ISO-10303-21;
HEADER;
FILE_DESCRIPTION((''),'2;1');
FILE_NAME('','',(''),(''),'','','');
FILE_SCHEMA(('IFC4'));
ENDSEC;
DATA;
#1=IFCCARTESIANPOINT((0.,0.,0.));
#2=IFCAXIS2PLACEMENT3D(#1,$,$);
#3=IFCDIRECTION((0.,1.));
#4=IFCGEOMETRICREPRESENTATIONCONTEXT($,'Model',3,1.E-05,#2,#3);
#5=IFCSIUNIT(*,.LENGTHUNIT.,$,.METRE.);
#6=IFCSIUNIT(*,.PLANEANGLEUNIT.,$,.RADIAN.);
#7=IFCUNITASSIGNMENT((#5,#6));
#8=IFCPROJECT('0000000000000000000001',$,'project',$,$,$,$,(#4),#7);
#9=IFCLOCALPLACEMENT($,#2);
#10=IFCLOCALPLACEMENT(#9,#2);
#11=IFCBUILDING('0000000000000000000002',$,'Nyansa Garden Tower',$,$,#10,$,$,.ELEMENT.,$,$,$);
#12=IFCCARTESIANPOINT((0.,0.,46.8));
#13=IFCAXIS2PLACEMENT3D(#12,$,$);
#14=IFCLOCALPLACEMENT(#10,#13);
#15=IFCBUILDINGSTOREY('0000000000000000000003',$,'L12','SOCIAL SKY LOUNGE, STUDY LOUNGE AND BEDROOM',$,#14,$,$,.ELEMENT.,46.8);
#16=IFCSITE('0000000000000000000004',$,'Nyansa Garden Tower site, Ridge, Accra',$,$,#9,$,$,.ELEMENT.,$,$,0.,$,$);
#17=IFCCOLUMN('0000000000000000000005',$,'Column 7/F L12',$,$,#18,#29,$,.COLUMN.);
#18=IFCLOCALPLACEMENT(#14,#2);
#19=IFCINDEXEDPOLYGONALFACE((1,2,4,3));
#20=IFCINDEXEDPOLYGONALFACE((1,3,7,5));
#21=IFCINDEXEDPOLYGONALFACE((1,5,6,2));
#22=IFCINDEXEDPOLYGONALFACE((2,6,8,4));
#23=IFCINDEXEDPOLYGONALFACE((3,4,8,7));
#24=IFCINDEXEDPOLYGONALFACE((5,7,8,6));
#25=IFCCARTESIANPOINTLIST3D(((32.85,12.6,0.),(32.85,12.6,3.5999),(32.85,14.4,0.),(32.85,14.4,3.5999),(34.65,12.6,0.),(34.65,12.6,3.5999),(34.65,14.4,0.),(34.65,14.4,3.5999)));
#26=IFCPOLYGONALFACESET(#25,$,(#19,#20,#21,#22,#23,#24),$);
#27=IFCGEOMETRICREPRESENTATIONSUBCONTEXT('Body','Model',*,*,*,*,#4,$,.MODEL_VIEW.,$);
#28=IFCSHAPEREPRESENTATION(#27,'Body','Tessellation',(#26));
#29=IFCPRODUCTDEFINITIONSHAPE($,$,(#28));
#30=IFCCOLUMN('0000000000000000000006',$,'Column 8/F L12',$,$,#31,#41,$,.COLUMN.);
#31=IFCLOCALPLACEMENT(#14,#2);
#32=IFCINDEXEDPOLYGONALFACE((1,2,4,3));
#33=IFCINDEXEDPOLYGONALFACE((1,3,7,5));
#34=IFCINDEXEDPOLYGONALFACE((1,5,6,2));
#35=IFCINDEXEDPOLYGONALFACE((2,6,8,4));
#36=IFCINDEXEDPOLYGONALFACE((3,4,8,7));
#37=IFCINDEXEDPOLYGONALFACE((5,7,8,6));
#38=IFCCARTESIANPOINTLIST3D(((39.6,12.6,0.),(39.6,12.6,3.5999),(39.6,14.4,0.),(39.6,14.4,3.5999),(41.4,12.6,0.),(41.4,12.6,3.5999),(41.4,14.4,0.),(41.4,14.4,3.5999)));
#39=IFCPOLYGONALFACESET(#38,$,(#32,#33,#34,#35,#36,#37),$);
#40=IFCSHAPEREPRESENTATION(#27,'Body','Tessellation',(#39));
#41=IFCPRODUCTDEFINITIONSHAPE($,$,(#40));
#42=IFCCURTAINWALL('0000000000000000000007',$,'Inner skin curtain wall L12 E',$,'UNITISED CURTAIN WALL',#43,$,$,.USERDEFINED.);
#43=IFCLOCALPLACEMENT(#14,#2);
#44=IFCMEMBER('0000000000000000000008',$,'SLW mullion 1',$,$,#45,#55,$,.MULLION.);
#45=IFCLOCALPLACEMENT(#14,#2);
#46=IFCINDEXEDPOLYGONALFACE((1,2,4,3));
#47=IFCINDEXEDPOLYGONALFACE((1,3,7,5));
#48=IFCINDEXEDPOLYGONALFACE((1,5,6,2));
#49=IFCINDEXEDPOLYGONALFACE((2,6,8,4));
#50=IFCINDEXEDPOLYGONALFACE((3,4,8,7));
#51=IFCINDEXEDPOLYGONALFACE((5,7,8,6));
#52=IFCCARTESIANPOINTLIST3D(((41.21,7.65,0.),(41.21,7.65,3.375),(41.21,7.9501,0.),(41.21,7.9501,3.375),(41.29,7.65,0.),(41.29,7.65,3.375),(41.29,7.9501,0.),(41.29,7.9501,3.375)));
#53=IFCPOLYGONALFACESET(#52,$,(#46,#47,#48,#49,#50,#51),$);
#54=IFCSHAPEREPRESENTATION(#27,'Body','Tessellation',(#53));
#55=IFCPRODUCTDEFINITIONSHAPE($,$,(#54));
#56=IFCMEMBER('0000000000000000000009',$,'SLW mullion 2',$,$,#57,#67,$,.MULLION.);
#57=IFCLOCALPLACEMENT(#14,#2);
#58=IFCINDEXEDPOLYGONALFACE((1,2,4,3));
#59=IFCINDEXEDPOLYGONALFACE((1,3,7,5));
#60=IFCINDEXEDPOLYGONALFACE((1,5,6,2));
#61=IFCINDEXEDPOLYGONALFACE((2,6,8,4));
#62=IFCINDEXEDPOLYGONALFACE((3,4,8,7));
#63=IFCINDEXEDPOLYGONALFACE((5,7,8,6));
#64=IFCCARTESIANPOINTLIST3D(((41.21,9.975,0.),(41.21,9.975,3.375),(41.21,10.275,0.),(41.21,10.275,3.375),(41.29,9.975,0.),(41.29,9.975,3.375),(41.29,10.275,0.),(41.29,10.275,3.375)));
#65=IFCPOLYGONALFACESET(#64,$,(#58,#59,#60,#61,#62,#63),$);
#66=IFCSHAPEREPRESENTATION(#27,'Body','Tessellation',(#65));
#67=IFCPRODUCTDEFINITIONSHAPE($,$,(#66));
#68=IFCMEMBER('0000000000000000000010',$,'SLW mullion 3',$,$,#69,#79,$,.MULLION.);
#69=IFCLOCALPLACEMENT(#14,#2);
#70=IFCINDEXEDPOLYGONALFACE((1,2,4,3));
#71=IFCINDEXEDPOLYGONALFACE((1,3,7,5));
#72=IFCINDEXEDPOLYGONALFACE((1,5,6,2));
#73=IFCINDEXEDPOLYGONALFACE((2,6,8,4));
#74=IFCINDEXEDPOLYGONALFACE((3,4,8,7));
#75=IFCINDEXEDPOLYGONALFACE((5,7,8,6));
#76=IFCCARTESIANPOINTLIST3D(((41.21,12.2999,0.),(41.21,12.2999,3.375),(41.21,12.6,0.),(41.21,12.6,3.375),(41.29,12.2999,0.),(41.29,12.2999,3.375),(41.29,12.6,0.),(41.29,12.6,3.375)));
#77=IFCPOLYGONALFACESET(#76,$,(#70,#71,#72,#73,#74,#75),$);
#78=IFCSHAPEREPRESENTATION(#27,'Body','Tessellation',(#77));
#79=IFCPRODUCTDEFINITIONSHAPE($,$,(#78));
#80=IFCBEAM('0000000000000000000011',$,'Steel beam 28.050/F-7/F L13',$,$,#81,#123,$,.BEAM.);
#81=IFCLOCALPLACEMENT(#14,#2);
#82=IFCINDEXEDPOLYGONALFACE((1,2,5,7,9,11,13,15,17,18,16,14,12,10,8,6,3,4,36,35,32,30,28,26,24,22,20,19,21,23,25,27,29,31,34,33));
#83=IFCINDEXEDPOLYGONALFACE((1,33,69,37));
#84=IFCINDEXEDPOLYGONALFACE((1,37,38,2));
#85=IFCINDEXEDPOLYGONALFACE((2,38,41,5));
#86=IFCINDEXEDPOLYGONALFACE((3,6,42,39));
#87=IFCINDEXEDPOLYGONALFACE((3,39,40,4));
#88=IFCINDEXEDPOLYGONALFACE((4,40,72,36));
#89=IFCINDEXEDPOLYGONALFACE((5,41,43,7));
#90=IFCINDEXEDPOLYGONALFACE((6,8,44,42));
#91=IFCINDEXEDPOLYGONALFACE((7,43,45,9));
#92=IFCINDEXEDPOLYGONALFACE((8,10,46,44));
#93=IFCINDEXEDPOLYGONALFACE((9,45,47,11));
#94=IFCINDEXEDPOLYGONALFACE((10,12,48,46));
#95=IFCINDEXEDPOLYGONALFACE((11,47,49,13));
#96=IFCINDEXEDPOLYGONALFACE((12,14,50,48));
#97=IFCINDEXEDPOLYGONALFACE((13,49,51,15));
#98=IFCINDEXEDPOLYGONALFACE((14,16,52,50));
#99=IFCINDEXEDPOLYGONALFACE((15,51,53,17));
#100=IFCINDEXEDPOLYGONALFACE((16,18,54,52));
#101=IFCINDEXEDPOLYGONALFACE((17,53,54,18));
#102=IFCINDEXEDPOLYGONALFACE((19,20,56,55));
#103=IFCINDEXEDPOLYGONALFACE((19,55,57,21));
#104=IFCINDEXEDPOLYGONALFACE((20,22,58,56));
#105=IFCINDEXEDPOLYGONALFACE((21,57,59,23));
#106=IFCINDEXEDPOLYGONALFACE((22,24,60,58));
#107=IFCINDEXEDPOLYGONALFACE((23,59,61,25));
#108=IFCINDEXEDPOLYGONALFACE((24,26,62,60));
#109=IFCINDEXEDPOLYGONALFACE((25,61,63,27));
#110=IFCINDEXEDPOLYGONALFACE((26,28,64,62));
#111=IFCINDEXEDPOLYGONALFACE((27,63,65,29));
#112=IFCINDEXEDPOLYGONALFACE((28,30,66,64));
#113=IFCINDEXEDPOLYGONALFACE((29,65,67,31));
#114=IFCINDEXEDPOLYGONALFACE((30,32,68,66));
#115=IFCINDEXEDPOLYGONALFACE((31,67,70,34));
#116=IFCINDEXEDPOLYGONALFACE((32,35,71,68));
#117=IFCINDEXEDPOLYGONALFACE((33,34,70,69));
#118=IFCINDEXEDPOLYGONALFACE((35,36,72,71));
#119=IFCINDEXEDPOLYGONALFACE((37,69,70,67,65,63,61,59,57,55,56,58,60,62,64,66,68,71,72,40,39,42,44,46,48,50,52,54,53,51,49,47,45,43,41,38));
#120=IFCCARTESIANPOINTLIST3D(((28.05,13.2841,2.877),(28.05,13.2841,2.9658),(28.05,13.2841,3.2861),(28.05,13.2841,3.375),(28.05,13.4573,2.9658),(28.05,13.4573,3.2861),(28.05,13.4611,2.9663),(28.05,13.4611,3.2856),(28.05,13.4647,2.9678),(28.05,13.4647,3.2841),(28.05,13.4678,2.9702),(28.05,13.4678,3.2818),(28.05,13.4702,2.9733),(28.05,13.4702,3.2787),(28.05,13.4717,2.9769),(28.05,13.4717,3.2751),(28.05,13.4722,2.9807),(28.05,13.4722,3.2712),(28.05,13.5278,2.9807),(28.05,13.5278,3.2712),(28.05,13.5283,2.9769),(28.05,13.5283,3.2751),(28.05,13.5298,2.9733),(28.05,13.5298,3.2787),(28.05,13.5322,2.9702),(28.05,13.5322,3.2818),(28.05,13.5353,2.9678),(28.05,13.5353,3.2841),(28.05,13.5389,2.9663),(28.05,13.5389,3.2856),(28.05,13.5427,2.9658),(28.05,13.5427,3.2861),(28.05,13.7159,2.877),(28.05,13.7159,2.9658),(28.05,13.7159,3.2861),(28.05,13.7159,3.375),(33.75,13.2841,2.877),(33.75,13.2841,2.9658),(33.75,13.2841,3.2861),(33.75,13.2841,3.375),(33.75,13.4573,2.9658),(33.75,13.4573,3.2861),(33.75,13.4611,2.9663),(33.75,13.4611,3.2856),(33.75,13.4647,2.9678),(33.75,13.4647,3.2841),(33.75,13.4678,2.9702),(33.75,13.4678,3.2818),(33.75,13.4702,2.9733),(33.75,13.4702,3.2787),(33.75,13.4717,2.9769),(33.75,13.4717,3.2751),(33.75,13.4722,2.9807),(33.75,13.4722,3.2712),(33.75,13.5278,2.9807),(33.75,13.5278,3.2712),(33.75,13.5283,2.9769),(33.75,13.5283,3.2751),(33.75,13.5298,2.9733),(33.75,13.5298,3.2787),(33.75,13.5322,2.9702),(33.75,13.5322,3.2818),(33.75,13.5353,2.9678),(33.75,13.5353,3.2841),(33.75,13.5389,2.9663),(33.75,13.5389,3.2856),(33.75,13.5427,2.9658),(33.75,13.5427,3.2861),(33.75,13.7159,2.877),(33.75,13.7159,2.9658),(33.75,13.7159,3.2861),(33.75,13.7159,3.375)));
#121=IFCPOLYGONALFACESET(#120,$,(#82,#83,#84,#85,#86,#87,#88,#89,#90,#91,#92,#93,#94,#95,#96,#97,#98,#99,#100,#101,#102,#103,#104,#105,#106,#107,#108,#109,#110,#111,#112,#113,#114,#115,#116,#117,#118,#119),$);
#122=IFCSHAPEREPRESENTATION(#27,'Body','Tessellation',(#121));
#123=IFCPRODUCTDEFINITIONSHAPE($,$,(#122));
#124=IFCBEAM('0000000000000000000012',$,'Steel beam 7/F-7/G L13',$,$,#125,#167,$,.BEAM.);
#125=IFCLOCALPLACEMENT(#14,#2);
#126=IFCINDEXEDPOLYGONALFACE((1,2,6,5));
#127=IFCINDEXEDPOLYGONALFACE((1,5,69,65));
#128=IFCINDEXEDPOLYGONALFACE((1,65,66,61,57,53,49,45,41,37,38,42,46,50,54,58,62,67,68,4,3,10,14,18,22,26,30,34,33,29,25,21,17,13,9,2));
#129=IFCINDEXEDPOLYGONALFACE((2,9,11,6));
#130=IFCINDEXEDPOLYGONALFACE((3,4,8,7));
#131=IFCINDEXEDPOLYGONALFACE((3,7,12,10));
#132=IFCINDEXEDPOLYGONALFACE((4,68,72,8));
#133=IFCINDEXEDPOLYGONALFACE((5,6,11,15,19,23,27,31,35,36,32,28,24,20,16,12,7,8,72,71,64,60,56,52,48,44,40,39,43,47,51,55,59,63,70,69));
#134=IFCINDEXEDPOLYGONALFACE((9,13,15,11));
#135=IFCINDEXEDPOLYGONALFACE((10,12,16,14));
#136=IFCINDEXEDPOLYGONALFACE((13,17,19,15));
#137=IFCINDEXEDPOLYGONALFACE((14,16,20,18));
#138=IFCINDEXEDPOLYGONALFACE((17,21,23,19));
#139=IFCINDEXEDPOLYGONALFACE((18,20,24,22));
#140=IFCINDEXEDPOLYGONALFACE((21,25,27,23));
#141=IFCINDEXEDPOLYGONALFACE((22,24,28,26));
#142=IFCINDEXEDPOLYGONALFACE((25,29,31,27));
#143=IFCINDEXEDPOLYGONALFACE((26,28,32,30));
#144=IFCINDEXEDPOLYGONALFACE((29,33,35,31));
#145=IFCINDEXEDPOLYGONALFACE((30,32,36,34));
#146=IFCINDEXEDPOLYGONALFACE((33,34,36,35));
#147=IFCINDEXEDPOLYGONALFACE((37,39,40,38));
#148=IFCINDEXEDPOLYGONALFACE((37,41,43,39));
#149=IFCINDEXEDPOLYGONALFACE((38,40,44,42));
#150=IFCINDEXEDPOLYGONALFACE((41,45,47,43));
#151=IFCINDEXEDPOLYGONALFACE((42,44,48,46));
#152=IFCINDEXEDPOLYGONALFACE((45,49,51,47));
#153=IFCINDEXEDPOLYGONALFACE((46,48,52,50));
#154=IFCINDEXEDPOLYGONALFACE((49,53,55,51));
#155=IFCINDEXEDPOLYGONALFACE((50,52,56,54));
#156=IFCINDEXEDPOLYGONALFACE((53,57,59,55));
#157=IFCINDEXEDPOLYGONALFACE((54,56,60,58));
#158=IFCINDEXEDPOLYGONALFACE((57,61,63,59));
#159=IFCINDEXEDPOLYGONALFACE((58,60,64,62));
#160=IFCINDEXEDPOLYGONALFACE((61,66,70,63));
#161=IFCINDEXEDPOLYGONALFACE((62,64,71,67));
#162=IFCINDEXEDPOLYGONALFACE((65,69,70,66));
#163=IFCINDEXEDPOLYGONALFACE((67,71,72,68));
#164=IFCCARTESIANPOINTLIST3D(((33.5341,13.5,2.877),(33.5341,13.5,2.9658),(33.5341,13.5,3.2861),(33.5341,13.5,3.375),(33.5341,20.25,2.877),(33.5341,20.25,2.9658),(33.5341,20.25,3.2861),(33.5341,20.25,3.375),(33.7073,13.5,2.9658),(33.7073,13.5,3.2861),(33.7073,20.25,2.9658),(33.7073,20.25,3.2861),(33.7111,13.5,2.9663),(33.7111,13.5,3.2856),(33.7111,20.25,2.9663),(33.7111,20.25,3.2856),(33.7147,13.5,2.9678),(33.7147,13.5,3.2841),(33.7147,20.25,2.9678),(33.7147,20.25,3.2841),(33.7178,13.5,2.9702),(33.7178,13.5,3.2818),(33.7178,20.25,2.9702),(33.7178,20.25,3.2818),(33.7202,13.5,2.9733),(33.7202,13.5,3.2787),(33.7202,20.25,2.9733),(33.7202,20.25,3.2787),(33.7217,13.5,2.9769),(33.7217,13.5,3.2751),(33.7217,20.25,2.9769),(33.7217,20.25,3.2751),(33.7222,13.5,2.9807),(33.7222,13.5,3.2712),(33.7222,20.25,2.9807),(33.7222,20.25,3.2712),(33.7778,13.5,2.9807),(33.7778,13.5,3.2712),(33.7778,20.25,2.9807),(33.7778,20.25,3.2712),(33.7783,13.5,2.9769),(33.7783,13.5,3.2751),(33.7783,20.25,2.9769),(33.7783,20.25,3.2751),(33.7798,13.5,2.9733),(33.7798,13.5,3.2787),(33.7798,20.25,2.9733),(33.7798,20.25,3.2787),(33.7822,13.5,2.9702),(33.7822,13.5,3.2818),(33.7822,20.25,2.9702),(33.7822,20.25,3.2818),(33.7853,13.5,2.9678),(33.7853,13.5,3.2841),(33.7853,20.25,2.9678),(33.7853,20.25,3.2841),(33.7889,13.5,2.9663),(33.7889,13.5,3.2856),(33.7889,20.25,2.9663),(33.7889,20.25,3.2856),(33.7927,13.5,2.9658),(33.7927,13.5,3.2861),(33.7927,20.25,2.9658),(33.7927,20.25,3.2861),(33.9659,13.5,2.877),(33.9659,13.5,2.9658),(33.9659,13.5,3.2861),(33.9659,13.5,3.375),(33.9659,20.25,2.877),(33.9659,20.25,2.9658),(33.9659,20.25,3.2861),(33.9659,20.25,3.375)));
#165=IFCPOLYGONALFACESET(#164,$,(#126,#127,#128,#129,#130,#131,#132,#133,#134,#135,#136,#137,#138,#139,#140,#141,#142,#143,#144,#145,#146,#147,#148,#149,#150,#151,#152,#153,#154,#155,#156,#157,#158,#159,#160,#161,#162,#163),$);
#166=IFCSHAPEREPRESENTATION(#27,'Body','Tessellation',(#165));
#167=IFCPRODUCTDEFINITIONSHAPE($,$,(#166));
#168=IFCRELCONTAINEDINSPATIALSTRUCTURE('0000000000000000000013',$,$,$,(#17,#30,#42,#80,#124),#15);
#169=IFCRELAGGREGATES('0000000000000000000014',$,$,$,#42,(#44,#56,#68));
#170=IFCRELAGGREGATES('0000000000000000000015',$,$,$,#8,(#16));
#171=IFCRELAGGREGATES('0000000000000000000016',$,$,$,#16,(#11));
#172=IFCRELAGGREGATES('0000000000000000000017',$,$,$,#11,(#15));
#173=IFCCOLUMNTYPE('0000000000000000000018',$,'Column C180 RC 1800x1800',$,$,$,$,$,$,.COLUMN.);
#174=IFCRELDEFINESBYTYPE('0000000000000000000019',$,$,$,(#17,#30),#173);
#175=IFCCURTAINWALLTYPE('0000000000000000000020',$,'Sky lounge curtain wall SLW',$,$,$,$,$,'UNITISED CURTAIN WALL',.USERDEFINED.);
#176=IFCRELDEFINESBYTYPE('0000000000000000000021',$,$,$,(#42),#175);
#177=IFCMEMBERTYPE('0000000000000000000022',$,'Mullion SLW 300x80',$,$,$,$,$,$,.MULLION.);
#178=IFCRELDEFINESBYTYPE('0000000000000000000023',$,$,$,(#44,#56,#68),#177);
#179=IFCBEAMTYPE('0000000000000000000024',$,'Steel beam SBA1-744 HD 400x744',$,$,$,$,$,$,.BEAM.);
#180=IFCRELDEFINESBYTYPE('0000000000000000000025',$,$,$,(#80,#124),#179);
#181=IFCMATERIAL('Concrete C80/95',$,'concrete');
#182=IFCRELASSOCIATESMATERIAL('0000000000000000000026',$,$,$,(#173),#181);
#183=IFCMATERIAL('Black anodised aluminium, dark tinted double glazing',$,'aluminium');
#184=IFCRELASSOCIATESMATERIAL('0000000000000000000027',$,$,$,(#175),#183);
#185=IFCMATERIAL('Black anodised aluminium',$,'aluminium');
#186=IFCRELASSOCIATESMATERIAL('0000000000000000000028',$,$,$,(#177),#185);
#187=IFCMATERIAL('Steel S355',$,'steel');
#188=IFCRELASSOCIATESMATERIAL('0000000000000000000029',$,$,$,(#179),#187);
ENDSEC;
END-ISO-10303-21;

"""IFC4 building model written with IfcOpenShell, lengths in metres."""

from ifc_helpers import new_model, si_unit, direction, frame, origin, origin_2d, place, context, subcontext, project, spatial, rectangle, i_section, extrude, material, material_profile, profile_set, type_object, element, aggregate, save


model = new_model("IFC4")

# Units and contexts
model_context = context("Model", 3, precision=1e-05, world=origin(), true_north=direction((0.0, 1.0)))
body_context = subcontext(model_context, "Body", "Model", "MODEL_VIEW")
ifc_project = project(units=[si_unit("LENGTHUNIT", "METRE"), si_unit("PLANEANGLEUNIT", "RADIAN")], contexts=[model_context])

# Site, building, storey
site_placement = place(None, origin())
site = spatial("IfcSite", under=ifc_project, at=site_placement, Name="Nyansa Garden Tower site, Ridge, Accra", CompositionType="ELEMENT", RefElevation=0.0)
building_placement = place(site_placement, origin())
building = spatial("IfcBuilding", under=site, at=building_placement, Name="Nyansa Garden Tower", CompositionType="ELEMENT")
storey_placement = place(building_placement, frame((0.0, 0.0, 46.8)))
storey = spatial("IfcBuildingStorey", under=building, at=storey_placement, Name="L12", Description="SOCIAL SKY LOUNGE, STUDY LOUNGE AND BEDROOM", CompositionType="ELEMENT", Elevation=46.8)

# Columns
ifc_material_1 = material(Name="Concrete C80/95", Category="concrete")
ifc_material_profile_1 = material_profile(ifc_material_1, rectangle(XDim=1.8, YDim=1.8, at=origin_2d()), Name="RC 1800x1800")
ifc_profile_set_1 = profile_set([ifc_material_profile_1], Name="Concrete C80/95")
column_type = type_object("IfcColumnType", Name="Column C180 RC 1800x1800", PredefinedType="COLUMN", material=ifc_profile_set_1)
for number, where, z_axis, x_axis, name in (
    (1, (33.75, 13.5, 0.0), (0.0, 0.0, 1.0), (1.0, 0.0, 0.0), "Column 7/F L12"),
    (2, (40.5, 13.5, 0.0), (0.0, 0.0, 1.0), (1.0, 0.0, 0.0), "Column 8/F L12"),
):
    element("IfcColumn", number, at=place(storey_placement, frame(where, z_axis=z_axis, x_axis=x_axis)), inside=storey, type_object=column_type, Name=name, PredefinedType="COLUMN", context=body_context, shape_type="SweptSolid", body=[
        extrude(rectangle(XDim=1.8, YDim=1.8, at=origin_2d()), origin(), (0.0, 0.0, 1.0), 3.5999),
    ])

# Curtain wall, members
ifc_material_2 = material(Name="Black anodised aluminium, dark tinted double glazing", Category="aluminium")
curtain_wall_type = type_object("IfcCurtainWallType", Name="Sky lounge curtain wall SLW", ElementType="UNITISED CURTAIN WALL", PredefinedType="USERDEFINED", material=ifc_material_2)
curtain_wall_placement = place(storey_placement, origin())
curtain_wall = element("IfcCurtainWall", 3, at=curtain_wall_placement, inside=storey, type_object=curtain_wall_type, Name="Inner skin curtain wall L12 E", ObjectType="UNITISED CURTAIN WALL", PredefinedType="USERDEFINED")
ifc_material_3 = material(Name="Black anodised aluminium", Category="aluminium")
ifc_material_profile_2 = material_profile(ifc_material_3, rectangle(XDim=0.0801, YDim=0.3, at=origin_2d()), Name="Mullion 300x80")
ifc_profile_set_2 = profile_set([ifc_material_profile_2], Name="Black anodised aluminium")
member_type_1 = type_object("IfcMemberType", Name="Mullion SLW 300x80", PredefinedType="MULLION", material=ifc_profile_set_2)
member_1_placement = place(storey_placement, frame((41.25, 7.8, 0.0), z_axis=(0.0, 0.0, 1.0), x_axis=(-1.0, 0.0, 0.0)))
member_1 = element("IfcMember", 4, at=member_1_placement, type_object=member_type_1, Name="SLW mullion 1", PredefinedType="MULLION", context=body_context, shape_type="SweptSolid", body=[
    extrude(rectangle(XDim=0.0801, YDim=0.3, at=origin_2d()), origin(), (0.0, 0.0, 1.0), 3.375),
])
member_2_placement = place(storey_placement, frame((41.25, 10.125, 0.0), z_axis=(0.0, 0.0, 1.0), x_axis=(-1.0, 0.0, 0.0)))
member_2 = element("IfcMember", 5, at=member_2_placement, type_object=member_type_1, Name="SLW mullion 2", PredefinedType="MULLION", context=body_context, shape_type="SweptSolid", body=[
    extrude(rectangle(XDim=0.0801, YDim=0.3, at=origin_2d()), origin(), (0.0, 0.0, 1.0), 3.375),
])
member_3_placement = place(storey_placement, frame((41.25, 12.45, 0.0), z_axis=(0.0, 0.0, 1.0), x_axis=(-1.0, 0.0, 0.0)))
member_3 = element("IfcMember", 6, at=member_3_placement, type_object=member_type_1, Name="SLW mullion 3", PredefinedType="MULLION", context=body_context, shape_type="SweptSolid", body=[
    extrude(rectangle(XDim=0.0801, YDim=0.3, at=origin_2d()), origin(), (0.0, 0.0, 1.0), 3.375),
])

# Beams
ifc_material_4 = material(Name="Steel S355", Category="steel")
ifc_material_profile_3 = material_profile(ifc_material_4, i_section(OverallWidth=0.4319, OverallDepth=0.498, WebThickness=0.0557, FlangeThickness=0.0889, FilletRadius=0.0149, at=origin_2d()), Name="HD 400x744")
ifc_profile_set_3 = profile_set([ifc_material_profile_3], Name="Steel S355")
beam_type_1 = type_object("IfcBeamType", Name="Steel beam SBA1-744 HD 400x744", PredefinedType="BEAM", material=ifc_profile_set_3)
beam_1_placement = place(storey_placement, frame((28.05, 13.5, 3.126), z_axis=(1.0, 0.0, 0.0), x_axis=(0.0, 1.0, 0.0)))
element("IfcBeam", 7, at=beam_1_placement, inside=storey, type_object=beam_type_1, Name="Steel beam 28.050/F-7/F L13", PredefinedType="BEAM", context=body_context, shape_type="SweptSolid", body=[
    extrude(i_section(OverallWidth=0.4319, OverallDepth=0.498, WebThickness=0.0557, FlangeThickness=0.0889, FilletRadius=0.0149, at=origin_2d()), origin(), (0.0, 0.0, 1.0), 5.7),
])
for number, where, z_axis, x_axis, name in (
    (8, (33.75, 13.5, 3.126), (0.0, 1.0, 0.0), (-1.0, 0.0, 0.0), "Steel beam 7/F-7/G L13"),
):
    element("IfcBeam", number, at=place(storey_placement, frame(where, z_axis=z_axis, x_axis=x_axis)), inside=storey, type_object=beam_type_1, Name=name, PredefinedType="BEAM", context=body_context, shape_type="SweptSolid", body=[
        extrude(i_section(OverallWidth=0.4319, OverallDepth=0.498, WebThickness=0.0557, FlangeThickness=0.0889, FilletRadius=0.0149, at=origin_2d()), origin(), (0.0, 0.0, 1.0), 6.75),
    ])

aggregate(curtain_wall, [member_1, member_2, member_3])

save(model, "model.ifc")
